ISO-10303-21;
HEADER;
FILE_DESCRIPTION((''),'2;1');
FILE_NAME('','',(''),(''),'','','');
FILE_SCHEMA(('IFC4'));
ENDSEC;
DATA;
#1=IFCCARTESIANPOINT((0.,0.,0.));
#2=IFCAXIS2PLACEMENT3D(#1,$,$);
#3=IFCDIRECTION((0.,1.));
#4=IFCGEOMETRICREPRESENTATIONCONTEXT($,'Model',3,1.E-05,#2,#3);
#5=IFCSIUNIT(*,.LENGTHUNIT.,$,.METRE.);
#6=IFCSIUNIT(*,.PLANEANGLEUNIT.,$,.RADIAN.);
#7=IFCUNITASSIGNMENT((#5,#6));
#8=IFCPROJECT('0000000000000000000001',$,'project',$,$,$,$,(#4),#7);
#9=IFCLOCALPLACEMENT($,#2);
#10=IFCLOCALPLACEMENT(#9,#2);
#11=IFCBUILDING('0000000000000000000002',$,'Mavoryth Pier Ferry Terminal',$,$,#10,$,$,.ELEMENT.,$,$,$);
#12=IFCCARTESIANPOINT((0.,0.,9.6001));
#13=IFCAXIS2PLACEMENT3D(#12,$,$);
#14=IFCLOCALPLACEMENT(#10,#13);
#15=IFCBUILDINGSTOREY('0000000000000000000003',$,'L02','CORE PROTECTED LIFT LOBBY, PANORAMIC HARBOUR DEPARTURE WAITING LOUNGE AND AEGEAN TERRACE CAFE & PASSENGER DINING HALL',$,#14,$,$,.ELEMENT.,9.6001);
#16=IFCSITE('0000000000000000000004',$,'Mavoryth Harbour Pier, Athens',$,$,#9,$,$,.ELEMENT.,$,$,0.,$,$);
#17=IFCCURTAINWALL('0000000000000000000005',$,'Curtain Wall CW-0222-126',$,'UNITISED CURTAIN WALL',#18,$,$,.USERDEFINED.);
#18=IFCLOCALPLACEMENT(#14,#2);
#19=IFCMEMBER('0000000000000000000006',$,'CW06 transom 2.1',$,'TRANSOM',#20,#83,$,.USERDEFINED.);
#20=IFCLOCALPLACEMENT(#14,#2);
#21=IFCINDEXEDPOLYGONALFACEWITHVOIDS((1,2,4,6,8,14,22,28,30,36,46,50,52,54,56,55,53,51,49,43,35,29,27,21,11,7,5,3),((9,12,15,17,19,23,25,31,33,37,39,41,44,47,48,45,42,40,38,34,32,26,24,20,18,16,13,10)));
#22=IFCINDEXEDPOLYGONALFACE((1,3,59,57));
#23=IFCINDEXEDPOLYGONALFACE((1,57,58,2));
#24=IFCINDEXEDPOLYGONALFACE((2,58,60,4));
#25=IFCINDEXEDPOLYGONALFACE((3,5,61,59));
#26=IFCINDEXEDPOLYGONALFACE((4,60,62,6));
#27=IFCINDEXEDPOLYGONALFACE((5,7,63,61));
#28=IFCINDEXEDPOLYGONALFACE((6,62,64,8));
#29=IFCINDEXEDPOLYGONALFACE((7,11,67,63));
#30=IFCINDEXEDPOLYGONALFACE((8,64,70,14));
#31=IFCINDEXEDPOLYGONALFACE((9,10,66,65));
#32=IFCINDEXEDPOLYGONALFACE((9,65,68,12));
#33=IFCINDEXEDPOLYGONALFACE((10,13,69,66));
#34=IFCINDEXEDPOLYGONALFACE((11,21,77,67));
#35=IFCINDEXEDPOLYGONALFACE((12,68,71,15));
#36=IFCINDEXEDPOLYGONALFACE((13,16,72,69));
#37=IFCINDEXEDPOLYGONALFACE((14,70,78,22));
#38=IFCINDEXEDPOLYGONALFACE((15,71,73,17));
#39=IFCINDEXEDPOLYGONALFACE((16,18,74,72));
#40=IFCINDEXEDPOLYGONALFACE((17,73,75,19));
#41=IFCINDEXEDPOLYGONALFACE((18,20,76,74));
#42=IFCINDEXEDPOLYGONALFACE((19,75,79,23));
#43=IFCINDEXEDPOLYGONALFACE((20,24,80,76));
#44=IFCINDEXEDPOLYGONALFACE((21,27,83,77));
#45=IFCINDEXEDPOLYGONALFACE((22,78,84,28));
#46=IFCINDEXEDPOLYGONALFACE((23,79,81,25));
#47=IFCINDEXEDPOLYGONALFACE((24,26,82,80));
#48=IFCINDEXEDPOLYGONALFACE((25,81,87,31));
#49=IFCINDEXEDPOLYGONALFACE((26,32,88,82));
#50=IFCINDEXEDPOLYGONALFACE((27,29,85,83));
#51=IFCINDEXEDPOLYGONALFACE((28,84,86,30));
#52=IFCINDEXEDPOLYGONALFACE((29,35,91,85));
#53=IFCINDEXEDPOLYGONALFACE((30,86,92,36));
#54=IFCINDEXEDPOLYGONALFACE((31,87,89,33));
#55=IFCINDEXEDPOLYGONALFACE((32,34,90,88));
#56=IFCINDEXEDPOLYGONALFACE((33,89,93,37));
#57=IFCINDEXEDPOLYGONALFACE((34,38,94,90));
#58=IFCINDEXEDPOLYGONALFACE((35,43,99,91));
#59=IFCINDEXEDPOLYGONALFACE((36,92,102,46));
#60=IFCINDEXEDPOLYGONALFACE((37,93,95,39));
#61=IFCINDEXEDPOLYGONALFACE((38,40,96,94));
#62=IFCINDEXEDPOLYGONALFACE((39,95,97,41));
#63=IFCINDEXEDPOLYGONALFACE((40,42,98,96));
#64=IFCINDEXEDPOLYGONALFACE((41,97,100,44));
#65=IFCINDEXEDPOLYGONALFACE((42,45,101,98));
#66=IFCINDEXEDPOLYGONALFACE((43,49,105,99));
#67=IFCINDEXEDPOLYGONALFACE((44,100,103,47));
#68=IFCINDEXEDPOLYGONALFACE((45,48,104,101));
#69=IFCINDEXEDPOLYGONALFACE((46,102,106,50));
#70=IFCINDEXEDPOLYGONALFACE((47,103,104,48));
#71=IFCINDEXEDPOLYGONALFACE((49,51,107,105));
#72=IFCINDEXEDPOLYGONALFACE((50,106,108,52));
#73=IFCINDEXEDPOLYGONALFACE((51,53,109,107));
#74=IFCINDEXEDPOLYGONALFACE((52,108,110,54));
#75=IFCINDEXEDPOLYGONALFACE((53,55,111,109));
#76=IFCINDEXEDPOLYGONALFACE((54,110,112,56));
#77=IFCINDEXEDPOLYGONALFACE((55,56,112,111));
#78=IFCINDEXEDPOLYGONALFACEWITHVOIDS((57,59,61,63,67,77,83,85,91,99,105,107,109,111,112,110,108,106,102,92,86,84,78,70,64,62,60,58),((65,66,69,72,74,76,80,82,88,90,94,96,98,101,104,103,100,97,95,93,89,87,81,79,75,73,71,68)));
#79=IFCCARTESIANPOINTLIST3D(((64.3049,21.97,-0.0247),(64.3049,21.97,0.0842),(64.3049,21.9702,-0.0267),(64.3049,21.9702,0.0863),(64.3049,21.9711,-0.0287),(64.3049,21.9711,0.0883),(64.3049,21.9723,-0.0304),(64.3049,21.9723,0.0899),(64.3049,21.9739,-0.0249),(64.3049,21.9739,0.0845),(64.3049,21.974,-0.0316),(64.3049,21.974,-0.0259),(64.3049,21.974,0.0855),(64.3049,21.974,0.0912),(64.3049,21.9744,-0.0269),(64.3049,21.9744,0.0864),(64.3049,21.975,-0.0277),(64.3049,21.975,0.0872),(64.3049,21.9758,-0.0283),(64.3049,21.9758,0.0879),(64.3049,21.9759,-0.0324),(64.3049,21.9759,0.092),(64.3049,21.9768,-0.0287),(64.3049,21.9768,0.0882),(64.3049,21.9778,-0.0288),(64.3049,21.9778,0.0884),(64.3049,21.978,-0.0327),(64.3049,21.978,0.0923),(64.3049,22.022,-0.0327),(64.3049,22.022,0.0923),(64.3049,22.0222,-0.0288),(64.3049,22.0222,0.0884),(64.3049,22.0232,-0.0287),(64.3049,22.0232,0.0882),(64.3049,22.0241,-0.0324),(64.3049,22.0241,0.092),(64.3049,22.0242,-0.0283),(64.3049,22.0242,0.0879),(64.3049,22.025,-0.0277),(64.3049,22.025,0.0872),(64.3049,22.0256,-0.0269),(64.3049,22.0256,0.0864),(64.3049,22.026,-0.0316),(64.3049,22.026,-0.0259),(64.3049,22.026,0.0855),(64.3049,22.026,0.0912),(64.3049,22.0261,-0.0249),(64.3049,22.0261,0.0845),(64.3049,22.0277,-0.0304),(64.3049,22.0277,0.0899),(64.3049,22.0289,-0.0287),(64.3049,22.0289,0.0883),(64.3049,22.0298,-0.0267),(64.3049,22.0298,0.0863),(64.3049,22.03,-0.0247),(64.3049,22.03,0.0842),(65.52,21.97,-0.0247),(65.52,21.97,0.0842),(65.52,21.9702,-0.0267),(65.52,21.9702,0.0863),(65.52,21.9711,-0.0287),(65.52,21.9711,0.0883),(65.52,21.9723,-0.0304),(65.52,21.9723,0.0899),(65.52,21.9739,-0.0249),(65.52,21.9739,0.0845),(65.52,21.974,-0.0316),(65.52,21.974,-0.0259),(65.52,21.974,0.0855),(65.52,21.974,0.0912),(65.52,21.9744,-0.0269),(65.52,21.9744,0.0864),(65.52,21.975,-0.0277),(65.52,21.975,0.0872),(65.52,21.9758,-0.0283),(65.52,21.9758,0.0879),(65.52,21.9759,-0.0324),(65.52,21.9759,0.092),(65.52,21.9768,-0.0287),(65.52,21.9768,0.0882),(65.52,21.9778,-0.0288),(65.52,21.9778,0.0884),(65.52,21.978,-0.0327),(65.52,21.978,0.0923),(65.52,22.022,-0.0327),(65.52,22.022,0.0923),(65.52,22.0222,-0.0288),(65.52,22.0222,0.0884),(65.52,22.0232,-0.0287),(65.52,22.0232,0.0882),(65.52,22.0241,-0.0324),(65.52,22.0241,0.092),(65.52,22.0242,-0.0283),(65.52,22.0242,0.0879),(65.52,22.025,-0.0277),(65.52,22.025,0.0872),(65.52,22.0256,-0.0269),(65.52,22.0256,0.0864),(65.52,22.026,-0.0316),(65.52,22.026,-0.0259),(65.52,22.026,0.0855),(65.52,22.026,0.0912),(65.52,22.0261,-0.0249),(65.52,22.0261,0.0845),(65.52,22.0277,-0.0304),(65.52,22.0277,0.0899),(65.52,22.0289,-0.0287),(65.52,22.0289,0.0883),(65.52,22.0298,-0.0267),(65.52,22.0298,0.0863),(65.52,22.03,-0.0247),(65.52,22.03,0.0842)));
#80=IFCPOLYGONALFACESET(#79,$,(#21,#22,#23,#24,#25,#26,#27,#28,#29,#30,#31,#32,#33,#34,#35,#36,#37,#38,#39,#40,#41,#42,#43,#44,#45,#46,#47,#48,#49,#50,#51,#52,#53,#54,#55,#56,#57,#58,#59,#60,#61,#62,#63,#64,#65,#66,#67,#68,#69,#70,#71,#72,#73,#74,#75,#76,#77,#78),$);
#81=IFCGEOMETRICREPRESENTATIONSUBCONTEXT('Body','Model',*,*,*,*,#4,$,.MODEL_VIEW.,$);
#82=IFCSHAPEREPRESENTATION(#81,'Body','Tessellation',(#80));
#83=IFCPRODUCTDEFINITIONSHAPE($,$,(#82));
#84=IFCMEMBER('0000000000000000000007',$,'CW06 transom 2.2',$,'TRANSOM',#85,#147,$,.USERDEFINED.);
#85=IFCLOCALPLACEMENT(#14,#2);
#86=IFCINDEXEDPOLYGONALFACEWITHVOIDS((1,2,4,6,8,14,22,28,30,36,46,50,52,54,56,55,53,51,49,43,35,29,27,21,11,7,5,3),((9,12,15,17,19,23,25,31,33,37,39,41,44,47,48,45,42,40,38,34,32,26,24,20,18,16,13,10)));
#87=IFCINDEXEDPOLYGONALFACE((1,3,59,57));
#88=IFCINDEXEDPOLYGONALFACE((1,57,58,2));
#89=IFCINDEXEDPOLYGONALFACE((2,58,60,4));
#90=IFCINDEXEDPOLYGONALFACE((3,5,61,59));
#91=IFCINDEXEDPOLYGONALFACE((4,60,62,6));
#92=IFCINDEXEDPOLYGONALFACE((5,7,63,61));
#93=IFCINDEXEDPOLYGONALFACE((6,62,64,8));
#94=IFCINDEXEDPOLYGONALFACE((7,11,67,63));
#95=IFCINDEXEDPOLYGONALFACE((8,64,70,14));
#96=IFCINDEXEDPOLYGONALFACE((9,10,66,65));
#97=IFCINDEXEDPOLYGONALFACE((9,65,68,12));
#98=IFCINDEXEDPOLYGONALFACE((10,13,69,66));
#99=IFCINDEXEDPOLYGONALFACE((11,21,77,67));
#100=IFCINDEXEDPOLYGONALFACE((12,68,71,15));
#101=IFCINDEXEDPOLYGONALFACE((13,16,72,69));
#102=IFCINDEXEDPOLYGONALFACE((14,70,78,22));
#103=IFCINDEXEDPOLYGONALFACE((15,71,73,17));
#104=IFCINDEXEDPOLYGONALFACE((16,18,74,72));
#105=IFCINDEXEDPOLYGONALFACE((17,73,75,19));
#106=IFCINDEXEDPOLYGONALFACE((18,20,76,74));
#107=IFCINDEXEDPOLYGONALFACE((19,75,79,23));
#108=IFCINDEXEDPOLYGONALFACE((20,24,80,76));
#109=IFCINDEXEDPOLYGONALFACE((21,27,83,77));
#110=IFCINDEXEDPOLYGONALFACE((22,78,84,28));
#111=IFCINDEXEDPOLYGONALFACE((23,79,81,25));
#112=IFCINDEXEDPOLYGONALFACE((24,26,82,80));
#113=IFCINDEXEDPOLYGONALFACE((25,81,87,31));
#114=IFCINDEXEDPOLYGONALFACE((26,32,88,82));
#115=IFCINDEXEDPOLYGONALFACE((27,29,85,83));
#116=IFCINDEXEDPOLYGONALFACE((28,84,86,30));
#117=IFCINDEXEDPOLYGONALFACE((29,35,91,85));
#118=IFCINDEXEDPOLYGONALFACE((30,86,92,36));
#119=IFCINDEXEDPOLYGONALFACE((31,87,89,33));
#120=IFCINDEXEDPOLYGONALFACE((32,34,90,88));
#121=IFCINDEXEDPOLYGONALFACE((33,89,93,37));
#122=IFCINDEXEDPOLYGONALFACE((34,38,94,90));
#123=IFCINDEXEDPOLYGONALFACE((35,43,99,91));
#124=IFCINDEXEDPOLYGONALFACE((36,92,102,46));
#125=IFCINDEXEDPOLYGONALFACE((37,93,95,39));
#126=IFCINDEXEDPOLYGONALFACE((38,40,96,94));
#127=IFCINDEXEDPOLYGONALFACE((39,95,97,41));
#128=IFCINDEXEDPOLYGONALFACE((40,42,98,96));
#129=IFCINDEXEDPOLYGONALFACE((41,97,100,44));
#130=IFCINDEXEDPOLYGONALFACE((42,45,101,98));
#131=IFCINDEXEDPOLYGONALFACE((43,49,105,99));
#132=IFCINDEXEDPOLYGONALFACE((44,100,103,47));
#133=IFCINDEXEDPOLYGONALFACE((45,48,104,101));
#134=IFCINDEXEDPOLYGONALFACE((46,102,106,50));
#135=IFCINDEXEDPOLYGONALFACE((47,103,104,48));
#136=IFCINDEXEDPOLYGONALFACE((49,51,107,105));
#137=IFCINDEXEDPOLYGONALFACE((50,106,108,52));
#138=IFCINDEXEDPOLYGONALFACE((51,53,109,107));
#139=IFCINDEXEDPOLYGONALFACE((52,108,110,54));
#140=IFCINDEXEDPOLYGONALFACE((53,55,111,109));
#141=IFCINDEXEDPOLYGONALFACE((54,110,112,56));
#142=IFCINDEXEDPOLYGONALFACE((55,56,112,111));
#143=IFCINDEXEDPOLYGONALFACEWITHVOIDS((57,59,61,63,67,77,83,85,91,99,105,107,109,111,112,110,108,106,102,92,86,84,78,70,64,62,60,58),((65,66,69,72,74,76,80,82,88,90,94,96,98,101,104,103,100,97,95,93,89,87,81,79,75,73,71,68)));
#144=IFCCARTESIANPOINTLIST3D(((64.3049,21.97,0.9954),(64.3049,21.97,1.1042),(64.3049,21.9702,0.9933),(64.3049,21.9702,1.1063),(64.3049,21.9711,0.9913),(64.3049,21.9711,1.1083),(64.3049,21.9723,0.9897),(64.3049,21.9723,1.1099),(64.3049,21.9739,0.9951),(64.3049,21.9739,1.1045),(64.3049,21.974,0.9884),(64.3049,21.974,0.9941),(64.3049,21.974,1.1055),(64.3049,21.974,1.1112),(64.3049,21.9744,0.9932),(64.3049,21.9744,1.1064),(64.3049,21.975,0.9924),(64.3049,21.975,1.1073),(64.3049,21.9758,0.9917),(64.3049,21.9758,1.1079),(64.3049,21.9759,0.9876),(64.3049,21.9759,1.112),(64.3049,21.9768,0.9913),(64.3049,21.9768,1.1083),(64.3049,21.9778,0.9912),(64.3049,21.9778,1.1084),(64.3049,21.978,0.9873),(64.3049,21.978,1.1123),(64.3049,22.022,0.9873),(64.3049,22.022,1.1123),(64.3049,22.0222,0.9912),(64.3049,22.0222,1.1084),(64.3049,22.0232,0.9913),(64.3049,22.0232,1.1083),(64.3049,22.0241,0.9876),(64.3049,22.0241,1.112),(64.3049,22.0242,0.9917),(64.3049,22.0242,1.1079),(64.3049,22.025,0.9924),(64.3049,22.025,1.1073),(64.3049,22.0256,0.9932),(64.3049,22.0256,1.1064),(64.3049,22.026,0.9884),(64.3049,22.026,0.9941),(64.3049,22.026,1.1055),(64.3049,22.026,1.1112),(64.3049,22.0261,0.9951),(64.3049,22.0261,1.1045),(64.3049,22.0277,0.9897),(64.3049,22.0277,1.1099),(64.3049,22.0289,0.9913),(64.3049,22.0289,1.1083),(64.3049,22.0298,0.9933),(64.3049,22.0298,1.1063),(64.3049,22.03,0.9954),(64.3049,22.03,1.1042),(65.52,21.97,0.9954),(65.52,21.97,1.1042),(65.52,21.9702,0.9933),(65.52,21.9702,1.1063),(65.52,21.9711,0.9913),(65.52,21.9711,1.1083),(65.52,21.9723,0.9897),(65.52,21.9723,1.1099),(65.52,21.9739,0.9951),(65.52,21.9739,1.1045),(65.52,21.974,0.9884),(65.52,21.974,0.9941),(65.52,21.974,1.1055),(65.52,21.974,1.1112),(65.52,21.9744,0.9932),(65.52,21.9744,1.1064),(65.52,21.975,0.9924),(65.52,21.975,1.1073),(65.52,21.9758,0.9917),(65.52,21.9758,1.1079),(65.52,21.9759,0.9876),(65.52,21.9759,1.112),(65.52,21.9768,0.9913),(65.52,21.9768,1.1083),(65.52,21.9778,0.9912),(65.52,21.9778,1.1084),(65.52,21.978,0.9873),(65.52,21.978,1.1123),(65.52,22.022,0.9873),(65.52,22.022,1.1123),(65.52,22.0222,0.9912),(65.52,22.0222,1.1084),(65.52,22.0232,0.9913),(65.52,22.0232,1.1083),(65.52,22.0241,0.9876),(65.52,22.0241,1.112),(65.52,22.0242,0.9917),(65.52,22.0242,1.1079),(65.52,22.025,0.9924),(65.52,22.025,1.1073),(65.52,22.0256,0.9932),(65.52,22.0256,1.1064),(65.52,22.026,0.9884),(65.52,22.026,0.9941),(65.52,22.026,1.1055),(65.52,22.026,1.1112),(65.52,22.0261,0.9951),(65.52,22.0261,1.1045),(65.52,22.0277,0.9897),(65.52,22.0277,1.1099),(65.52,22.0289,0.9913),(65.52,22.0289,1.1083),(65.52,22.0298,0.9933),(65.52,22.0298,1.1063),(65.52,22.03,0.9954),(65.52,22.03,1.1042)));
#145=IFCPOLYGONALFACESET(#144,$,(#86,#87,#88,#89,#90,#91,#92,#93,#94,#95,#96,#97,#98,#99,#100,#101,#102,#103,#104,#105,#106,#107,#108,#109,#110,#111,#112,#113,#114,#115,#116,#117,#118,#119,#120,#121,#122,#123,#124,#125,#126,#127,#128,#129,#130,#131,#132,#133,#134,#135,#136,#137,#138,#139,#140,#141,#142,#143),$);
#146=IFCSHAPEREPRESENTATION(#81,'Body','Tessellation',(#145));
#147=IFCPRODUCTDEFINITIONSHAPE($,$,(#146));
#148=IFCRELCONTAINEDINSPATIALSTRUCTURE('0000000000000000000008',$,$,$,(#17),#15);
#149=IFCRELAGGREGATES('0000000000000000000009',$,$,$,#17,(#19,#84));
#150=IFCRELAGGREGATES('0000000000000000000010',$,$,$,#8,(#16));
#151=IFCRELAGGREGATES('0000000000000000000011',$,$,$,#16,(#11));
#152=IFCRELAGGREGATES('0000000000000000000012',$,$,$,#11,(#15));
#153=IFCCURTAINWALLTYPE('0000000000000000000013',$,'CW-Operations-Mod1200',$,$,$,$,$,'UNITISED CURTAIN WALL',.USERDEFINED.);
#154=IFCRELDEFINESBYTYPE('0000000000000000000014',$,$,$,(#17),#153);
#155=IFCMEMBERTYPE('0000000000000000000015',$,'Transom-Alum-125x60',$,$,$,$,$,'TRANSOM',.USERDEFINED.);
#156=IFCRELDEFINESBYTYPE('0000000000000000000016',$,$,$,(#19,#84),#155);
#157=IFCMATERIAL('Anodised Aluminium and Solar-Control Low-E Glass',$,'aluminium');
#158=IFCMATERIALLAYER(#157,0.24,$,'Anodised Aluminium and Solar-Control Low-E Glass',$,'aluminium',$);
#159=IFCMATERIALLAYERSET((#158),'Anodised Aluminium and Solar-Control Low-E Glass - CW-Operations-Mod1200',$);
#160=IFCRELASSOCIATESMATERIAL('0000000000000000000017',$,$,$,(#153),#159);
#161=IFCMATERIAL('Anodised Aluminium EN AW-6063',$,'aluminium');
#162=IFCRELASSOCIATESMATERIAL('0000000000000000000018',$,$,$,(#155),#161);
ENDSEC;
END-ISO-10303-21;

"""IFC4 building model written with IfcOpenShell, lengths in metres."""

from ifc_helpers import new_model, si_unit, direction, frame, origin, origin_2d, place, context, subcontext, project, spatial, hollow_rectangle, extrude, material, layer, layer_set, material_profile, profile_set, type_object, element, aggregate, save


model = new_model("IFC4")

# Units and contexts
model_context = context("Model", 3, precision=1e-05, world=origin(), true_north=direction((0.0, 1.0)))
body_context = subcontext(model_context, "Body", "Model", "MODEL_VIEW")
ifc_project = project(units=[si_unit("LENGTHUNIT", "METRE"), si_unit("PLANEANGLEUNIT", "RADIAN")], contexts=[model_context])

# Site, building, storey
site_placement = place(None, origin())
site = spatial("IfcSite", under=ifc_project, at=site_placement, Name="Mavoryth Harbour Pier, Athens", CompositionType="ELEMENT", RefElevation=0.0)
building_placement = place(site_placement, origin())
building = spatial("IfcBuilding", under=site, at=building_placement, Name="Mavoryth Pier Ferry Terminal", CompositionType="ELEMENT")
storey_placement = place(building_placement, frame((0.0, 0.0, 9.6001)))
storey = spatial("IfcBuildingStorey", under=building, at=storey_placement, Name="L02", Description="CORE PROTECTED LIFT LOBBY, PANORAMIC HARBOUR DEPARTURE WAITING LOUNGE AND AEGEAN TERRACE CAFE & PASSENGER DINING HALL", CompositionType="ELEMENT", Elevation=9.6001)

# Curtain wall, members
ifc_material_1 = material(Name="Anodised Aluminium and Solar-Control Low-E Glass", Category="aluminium")
ifc_layer_1 = layer(ifc_material_1, 0.24, Name="Anodised Aluminium and Solar-Control Low-E Glass", Category="aluminium")
ifc_layer_set_1 = layer_set([ifc_layer_1], Name="Anodised Aluminium and Solar-Control Low-E Glass - CW-Operations-Mod1200")
curtain_wall_type = type_object("IfcCurtainWallType", Name="CW-Operations-Mod1200", ElementType="UNITISED CURTAIN WALL", PredefinedType="USERDEFINED", material=ifc_layer_set_1)
curtain_wall_placement = place(storey_placement, origin())
curtain_wall = element("IfcCurtainWall", 1, at=curtain_wall_placement, inside=storey, type_object=curtain_wall_type, Name="Curtain Wall CW-0222-126", ObjectType="UNITISED CURTAIN WALL", PredefinedType="USERDEFINED")
ifc_material_2 = material(Name="Anodised Aluminium EN AW-6063", Category="aluminium")
ifc_material_profile_1 = material_profile(ifc_material_2, hollow_rectangle(XDim=0.0601, YDim=0.125, WallThickness=0.0039, InnerFilletRadius=0.0039, OuterFilletRadius=0.0081, at=origin_2d()), Name="AL-TRAN 125x60x4", Category="aluminium")
ifc_profile_set_1 = profile_set([ifc_material_profile_1], Name="Anodised Aluminium EN AW-6063 - AL-TRAN 125x60x4")
member_type_1 = type_object("IfcMemberType", Name="Transom-Alum-125x60", ElementType="TRANSOM", PredefinedType="USERDEFINED", material=ifc_profile_set_1)
member_1_placement = place(storey_placement, frame((65.52, 22.0, 0.0298), z_axis=(-1.0, 0.0, 0.0), x_axis=(0.0, -1.0, 0.0)))
member_1 = element("IfcMember", 2, at=member_1_placement, type_object=member_type_1, Name="CW06 transom 2.1", ObjectType="TRANSOM", PredefinedType="USERDEFINED", context=body_context, shape_type="SweptSolid", body=[
    extrude(hollow_rectangle(XDim=0.0601, YDim=0.125, WallThickness=0.0039, InnerFilletRadius=0.0039, OuterFilletRadius=0.0081, at=origin_2d()), origin(), (0.0, 0.0, 1.0), 1.2151),
])
member_2_placement = place(storey_placement, frame((65.52, 22.0, 1.0498), z_axis=(-1.0, 0.0, 0.0), x_axis=(0.0, -1.0, 0.0)))
member_2 = element("IfcMember", 3, at=member_2_placement, type_object=member_type_1, Name="CW06 transom 2.2", ObjectType="TRANSOM", PredefinedType="USERDEFINED", context=body_context, shape_type="SweptSolid", body=[
    extrude(hollow_rectangle(XDim=0.0601, YDim=0.125, WallThickness=0.0039, InnerFilletRadius=0.0039, OuterFilletRadius=0.0081, at=origin_2d()), origin(), (0.0, 0.0, 1.0), 1.2151),
])
aggregate(curtain_wall, [member_1, member_2])

save(model, "model.ifc")
